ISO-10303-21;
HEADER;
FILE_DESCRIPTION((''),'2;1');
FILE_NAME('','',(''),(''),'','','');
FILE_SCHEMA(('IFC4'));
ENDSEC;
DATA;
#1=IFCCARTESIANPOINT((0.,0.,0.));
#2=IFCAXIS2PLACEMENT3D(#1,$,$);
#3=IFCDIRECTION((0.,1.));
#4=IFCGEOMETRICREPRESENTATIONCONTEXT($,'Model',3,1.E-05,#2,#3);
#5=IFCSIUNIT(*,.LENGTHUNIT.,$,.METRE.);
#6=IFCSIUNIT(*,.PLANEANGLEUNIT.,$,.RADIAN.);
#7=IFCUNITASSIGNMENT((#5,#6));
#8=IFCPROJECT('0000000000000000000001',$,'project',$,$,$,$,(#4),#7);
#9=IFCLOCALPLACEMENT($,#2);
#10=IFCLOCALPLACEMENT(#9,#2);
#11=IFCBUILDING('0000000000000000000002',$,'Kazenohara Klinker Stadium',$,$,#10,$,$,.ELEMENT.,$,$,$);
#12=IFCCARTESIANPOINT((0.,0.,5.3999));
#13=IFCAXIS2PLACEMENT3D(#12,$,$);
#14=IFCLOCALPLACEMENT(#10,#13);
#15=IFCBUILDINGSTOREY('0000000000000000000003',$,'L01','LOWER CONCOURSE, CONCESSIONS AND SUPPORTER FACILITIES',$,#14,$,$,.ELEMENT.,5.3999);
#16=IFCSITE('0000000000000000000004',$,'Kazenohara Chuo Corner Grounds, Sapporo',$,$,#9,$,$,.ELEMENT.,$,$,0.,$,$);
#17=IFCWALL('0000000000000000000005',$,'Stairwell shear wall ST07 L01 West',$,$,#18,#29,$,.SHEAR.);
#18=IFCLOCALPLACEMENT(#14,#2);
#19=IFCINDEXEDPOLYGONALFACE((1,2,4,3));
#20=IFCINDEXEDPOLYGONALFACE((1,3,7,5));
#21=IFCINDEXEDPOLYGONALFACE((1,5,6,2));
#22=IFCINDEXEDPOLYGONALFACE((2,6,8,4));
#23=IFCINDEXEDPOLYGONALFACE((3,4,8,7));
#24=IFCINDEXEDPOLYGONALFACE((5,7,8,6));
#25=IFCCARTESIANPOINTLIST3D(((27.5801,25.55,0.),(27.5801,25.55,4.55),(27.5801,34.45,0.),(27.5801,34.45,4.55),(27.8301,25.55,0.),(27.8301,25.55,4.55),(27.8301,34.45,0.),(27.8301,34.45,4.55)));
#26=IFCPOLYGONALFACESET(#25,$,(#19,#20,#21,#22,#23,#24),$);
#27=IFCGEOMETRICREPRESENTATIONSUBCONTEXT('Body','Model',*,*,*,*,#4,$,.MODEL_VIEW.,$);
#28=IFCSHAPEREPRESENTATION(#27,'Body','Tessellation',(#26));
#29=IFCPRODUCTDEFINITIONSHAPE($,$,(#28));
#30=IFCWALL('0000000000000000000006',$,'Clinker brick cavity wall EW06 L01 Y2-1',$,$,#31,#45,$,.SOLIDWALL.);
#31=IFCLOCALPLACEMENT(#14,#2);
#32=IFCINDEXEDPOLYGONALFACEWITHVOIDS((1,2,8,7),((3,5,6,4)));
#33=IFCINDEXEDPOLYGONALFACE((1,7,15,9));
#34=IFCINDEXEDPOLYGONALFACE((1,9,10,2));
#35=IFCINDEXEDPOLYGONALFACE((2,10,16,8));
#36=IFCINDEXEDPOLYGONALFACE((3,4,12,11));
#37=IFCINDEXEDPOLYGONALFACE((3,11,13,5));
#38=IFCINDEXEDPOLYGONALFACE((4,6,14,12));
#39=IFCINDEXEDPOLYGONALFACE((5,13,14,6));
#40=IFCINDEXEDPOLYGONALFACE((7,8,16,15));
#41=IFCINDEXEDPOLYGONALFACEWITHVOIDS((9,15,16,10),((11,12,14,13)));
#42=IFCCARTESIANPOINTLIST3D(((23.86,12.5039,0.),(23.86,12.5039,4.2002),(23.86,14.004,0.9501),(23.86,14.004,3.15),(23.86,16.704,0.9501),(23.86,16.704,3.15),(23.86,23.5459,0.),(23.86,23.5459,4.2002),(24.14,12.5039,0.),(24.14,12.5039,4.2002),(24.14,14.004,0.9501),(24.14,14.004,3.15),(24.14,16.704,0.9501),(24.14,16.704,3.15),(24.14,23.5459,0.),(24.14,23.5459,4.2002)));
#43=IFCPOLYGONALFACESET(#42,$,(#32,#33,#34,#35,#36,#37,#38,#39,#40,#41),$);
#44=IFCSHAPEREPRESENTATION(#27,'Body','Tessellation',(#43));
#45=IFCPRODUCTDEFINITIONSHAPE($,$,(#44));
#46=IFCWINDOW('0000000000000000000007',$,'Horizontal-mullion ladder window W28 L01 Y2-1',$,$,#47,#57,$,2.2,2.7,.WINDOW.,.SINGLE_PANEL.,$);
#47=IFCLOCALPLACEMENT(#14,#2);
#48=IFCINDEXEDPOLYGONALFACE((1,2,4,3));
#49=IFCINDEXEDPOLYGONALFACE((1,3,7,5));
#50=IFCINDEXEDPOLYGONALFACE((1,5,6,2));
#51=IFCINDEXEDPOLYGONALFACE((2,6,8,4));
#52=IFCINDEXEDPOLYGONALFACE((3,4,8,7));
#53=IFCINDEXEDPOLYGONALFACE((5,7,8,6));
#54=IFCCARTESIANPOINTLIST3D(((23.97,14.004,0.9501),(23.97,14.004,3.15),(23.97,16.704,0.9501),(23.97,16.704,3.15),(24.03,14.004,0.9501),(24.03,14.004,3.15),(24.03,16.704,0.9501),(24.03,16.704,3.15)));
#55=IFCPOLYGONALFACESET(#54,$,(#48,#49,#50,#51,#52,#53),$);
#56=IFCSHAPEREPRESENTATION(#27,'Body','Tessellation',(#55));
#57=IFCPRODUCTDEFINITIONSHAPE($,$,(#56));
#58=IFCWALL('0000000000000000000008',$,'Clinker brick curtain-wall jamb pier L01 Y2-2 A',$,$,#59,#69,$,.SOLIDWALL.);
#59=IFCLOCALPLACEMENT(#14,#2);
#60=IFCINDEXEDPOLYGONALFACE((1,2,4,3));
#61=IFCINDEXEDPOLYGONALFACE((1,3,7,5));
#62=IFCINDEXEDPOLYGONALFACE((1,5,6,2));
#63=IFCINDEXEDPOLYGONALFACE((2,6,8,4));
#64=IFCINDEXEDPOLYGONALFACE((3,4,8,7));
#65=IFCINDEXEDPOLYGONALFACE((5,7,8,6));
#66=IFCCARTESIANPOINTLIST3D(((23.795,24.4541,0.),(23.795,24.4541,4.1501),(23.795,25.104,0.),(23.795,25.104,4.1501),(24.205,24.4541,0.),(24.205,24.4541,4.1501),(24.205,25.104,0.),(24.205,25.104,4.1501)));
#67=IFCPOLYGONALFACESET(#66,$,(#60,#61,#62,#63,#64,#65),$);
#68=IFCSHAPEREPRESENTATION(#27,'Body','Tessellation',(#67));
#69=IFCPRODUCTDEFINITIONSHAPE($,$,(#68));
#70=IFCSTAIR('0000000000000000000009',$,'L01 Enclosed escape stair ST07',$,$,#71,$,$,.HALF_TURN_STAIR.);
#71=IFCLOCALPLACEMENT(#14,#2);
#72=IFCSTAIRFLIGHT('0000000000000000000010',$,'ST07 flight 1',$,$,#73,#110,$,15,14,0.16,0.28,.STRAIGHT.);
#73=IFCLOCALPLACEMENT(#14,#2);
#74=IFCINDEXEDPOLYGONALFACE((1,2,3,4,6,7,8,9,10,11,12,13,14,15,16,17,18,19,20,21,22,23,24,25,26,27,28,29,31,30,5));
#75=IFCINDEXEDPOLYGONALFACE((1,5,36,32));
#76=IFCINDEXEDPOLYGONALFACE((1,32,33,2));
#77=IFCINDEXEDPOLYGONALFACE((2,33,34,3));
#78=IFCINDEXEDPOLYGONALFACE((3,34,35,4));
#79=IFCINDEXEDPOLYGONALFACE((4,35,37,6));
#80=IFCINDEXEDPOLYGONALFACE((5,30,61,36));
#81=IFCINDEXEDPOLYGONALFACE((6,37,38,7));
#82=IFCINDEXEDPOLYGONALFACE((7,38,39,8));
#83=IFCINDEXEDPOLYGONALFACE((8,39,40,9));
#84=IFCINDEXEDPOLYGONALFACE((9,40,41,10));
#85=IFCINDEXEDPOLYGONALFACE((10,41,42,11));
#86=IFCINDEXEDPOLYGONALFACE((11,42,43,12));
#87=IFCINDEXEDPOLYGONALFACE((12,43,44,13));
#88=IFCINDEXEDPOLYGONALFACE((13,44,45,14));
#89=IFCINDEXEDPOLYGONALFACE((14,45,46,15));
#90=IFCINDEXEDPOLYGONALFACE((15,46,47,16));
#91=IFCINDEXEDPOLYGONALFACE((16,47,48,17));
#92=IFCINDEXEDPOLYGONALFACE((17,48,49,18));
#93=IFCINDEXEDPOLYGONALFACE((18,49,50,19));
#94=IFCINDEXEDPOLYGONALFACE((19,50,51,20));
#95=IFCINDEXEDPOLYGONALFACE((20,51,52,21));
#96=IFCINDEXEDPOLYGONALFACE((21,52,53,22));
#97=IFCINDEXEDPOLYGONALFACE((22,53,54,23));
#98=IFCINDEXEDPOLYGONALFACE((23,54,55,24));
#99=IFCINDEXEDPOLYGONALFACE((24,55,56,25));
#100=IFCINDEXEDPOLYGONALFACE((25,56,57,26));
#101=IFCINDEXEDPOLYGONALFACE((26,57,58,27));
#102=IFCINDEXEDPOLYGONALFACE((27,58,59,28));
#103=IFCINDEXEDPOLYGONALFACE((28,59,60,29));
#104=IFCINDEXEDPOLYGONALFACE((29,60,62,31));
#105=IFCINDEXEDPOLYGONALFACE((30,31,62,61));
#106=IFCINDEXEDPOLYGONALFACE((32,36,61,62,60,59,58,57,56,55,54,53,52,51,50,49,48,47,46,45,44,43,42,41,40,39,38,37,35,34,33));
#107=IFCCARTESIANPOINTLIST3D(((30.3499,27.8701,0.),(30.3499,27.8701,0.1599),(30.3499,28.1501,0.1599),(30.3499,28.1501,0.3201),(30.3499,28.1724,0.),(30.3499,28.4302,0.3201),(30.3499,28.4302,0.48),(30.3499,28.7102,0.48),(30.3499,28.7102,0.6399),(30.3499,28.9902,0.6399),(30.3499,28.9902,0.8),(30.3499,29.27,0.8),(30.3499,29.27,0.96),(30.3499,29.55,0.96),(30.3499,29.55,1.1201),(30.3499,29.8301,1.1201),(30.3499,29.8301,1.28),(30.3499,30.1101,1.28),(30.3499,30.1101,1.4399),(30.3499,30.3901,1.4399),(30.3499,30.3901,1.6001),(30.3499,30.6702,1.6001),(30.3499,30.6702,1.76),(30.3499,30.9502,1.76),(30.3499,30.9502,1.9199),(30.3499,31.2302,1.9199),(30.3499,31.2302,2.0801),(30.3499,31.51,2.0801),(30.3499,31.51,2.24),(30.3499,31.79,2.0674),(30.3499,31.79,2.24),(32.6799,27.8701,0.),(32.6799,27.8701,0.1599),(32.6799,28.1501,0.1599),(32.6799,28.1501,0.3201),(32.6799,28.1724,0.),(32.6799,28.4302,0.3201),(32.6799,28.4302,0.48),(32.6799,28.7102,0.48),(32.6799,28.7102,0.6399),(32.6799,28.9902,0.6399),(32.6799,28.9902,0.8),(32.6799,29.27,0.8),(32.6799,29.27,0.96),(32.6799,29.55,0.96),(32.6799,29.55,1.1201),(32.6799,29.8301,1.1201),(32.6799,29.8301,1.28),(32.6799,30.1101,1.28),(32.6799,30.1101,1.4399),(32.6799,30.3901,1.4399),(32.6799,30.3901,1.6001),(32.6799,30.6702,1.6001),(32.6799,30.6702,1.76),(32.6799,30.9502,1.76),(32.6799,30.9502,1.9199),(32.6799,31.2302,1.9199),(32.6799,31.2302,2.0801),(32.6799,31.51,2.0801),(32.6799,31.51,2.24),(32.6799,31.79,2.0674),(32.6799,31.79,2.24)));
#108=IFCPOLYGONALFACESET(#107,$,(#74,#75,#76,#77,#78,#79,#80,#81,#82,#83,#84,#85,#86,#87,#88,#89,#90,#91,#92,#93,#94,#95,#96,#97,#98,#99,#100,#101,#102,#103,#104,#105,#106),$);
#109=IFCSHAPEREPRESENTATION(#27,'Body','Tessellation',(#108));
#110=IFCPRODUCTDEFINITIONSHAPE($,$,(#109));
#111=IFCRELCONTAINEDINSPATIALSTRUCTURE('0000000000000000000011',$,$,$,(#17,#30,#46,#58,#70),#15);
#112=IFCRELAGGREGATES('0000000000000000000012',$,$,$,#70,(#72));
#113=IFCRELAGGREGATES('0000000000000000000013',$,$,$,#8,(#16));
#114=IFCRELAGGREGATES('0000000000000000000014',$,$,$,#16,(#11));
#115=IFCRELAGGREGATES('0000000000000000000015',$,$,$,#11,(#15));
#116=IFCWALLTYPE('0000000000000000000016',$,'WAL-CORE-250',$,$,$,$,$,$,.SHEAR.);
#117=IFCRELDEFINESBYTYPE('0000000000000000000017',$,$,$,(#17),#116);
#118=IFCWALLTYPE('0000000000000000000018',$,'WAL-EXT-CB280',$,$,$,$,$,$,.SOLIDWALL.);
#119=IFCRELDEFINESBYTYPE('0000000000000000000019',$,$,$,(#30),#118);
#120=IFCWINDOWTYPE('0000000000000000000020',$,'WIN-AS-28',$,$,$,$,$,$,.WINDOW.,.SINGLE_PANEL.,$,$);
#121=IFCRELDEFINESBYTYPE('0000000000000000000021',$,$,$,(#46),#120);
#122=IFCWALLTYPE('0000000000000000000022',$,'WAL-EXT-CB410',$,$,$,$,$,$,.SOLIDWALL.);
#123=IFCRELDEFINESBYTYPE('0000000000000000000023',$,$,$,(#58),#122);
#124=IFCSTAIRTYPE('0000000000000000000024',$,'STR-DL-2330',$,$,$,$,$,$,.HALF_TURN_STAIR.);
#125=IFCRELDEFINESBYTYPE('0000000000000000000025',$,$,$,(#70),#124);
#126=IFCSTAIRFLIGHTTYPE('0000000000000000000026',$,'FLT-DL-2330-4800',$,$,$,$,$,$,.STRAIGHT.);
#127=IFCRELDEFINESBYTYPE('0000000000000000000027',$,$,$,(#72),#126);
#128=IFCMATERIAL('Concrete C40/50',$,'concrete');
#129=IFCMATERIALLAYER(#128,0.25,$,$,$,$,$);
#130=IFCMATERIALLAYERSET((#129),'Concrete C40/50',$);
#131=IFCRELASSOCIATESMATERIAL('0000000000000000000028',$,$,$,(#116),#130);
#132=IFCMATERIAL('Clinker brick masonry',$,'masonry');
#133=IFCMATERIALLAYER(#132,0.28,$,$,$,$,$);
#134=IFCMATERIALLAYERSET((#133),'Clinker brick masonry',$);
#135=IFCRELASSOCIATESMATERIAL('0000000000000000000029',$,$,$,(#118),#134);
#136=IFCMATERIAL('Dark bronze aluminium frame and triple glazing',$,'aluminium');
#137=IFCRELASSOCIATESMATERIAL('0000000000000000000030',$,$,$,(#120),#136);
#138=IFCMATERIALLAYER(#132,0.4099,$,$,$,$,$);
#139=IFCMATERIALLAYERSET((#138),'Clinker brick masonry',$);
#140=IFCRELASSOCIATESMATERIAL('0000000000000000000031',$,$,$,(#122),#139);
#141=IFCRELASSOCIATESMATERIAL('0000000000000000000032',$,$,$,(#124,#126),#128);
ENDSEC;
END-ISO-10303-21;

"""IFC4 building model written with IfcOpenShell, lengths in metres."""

from ifc_helpers import new_model, si_unit, direction, frame, frame_2d, origin, place, context, subcontext, project, spatial, polyline, rectangle, outline, extrude, material, layer, layer_set, type_object, element, fill, aggregate, save


model = new_model("IFC4")

# Units and contexts
model_context = context("Model", 3, precision=1e-05, world=origin(), true_north=direction((0.0, 1.0)))
body_context = subcontext(model_context, "Body", "Model", "MODEL_VIEW")
ifc_project = project(units=[si_unit("LENGTHUNIT", "METRE"), si_unit("PLANEANGLEUNIT", "RADIAN")], contexts=[model_context])

# Site, building, storey
site_placement = place(None, origin())
site = spatial("IfcSite", under=ifc_project, at=site_placement, Name="Kazenohara Chuo Corner Grounds, Sapporo", CompositionType="ELEMENT", RefElevation=0.0)
building_placement = place(site_placement, origin())
building = spatial("IfcBuilding", under=site, at=building_placement, Name="Kazenohara Klinker Stadium", CompositionType="ELEMENT")
storey_placement = place(building_placement, frame((0.0, 0.0, 5.3999)))
storey = spatial("IfcBuildingStorey", under=building, at=storey_placement, Name="L01", Description="LOWER CONCOURSE, CONCESSIONS AND SUPPORTER FACILITIES", CompositionType="ELEMENT", Elevation=5.3999)

# Shared definitions
ifc_material_1 = material(Name="Concrete C40/50", Category="concrete")

# Shared definitions
ifc_layer_1 = layer(ifc_material_1, 0.25)
ifc_layer_set_1 = layer_set([ifc_layer_1], Name="Concrete C40/50")
wall_type_1 = type_object("IfcWallType", Name="WAL-CORE-250", PredefinedType="SHEAR", material=ifc_layer_set_1)

# Wall
wall_1_placement = place(storey_placement, frame((27.7051, 25.55, 0.0), z_axis=(0.0, 0.0, 1.0), x_axis=(0.0, 1.0, 0.0)))
element("IfcWall", 1, at=wall_1_placement, inside=storey, type_object=wall_type_1, Name="Stairwell shear wall ST07 L01 West", PredefinedType="SHEAR", context=body_context, shape_type="SweptSolid", body=[
    extrude(rectangle(XDim=8.8999, YDim=0.25, at=frame_2d((4.45, 0.0))), origin(), (0.0, 0.0, 1.0), 4.55),
])

# Wall, opening, window
ifc_material_2 = material(Name="Clinker brick masonry", Category="masonry")
ifc_layer_2 = layer(ifc_material_2, 0.28)
ifc_layer_set_2 = layer_set([ifc_layer_2], Name="Clinker brick masonry")
wall_type_2 = type_object("IfcWallType", Name="WAL-EXT-CB280", PredefinedType="SOLIDWALL", material=ifc_layer_set_2)
wall_2_placement = place(storey_placement, frame((24.0, 12.5039, 0.0), z_axis=(0.0, 0.0, 1.0), x_axis=(0.0, 1.0, 0.0)))
wall_2 = element("IfcWall", 2, at=wall_2_placement, inside=storey, type_object=wall_type_2, Name="Clinker brick cavity wall EW06 L01 Y2-1", PredefinedType="SOLIDWALL", context=body_context, shape_type="SweptSolid", body=[
    extrude(rectangle(XDim=11.042, YDim=0.28, at=frame_2d((5.521, 0.0))), origin(), (0.0, 0.0, 1.0), 4.2002),
])
opening_1_placement = place(wall_2_placement, frame((1.5, 0.0, 0.95)))
opening_1 = element("IfcOpeningElement", 3, at=opening_1_placement, cuts=wall_2, PredefinedType="OPENING", context=body_context, shape_type="SweptSolid", body=[
    extrude(rectangle(XDim=2.7, YDim=2.2, at=frame_2d((1.3501, 1.1001))), frame((0.0, 0.1499, 0.0), z_axis=(0.0, -1.0, 0.0), x_axis=(1.0, 0.0, 0.0)), (0.0, 0.0, 1.0), 0.3),
])
ifc_material_3 = material(Name="Dark bronze aluminium frame and triple glazing", Category="aluminium")
window_type = type_object("IfcWindowType", Name="WIN-AS-28", PartitioningType="SINGLE_PANEL", PredefinedType="WINDOW", material=ifc_material_3)
window_placement = place(opening_1_placement, origin())
window = element("IfcWindow", 4, at=window_placement, inside=storey, type_object=window_type, Name="Horizontal-mullion ladder window W28 L01 Y2-1", OverallHeight=2.2, OverallWidth=2.7, PartitioningType="SINGLE_PANEL", PredefinedType="WINDOW", context=body_context, shape_type="SweptSolid", body=[
    extrude(rectangle(XDim=2.7, YDim=2.2, at=frame_2d((1.3501, 1.1001))), frame((0.0, 0.03, 0.0), z_axis=(0.0, -1.0, 0.0), x_axis=(1.0, 0.0, 0.0)), (0.0, 0.0, 1.0), 0.0601),
])
fill(opening_1, window)

# Wall
ifc_layer_3 = layer(ifc_material_2, 0.4099)
ifc_layer_set_3 = layer_set([ifc_layer_3], Name="Clinker brick masonry")
wall_type_3 = type_object("IfcWallType", Name="WAL-EXT-CB410", PredefinedType="SOLIDWALL", material=ifc_layer_set_3)
wall_3_placement = place(storey_placement, frame((24.0, 24.4541, 0.0), z_axis=(0.0, 0.0, 1.0), x_axis=(0.0, 1.0, 0.0)))
element("IfcWall", 5, at=wall_3_placement, inside=storey, type_object=wall_type_3, Name="Clinker brick curtain-wall jamb pier L01 Y2-2 A", PredefinedType="SOLIDWALL", context=body_context, shape_type="SweptSolid", body=[
    extrude(rectangle(XDim=0.6499, YDim=0.4099, at=frame_2d((0.325, 0.0))), origin(), (0.0, 0.0, 1.0), 4.1501),
])

# Stair, stair flight
stair_type = type_object("IfcStairType", Name="STR-DL-2330", PredefinedType="HALF_TURN_STAIR", material=ifc_material_1)
stair_placement = place(storey_placement, origin())
stair = element("IfcStair", 6, at=stair_placement, inside=storey, type_object=stair_type, Name="L01 Enclosed escape stair ST07", PredefinedType="HALF_TURN_STAIR")
stair_flight_type = type_object("IfcStairFlightType", Name="FLT-DL-2330-4800", PredefinedType="STRAIGHT", material=ifc_material_1)
stair_flight_placement = place(storey_placement, frame((31.5149, 27.8701, 0.0), z_axis=(0.0, 0.0, 1.0), x_axis=(0.0, 1.0, 0.0)))
stair_flight = element("IfcStairFlight", 7, at=stair_flight_placement, type_object=stair_flight_type, Name="ST07 flight 1", NumberOfRisers=15, NumberOfTreads=14, PredefinedType="STRAIGHT", RiserHeight=0.16, TreadLength=0.28, context=body_context, shape_type="SweptSolid", body=[
    extrude(outline(polyline([(0.0, 0.0), (0.0, 0.1599), (0.28, 0.1599), (0.28, 0.3201), (0.5601, 0.3201), (0.5601, 0.48), (0.8401, 0.48), (0.8401, 0.6399), (1.1201, 0.6399), (1.1201, 0.8), (1.3999, 0.8), (1.3999, 0.96), (1.6799, 0.96), (1.6799, 1.1201), (1.96, 1.1201), (1.96, 1.28), (2.24, 1.28), (2.24, 1.4399), (2.52, 1.4399), (2.52, 1.6001), (2.8, 1.6001), (2.8, 1.76), (3.0801, 1.76), (3.0801, 1.9199), (3.3601, 1.9199), (3.3601, 2.0801), (3.6399, 2.0801), (3.6399, 2.24), (3.9199, 2.24), (3.9199, 2.3999), (3.9199, 2.0674), (0.3022, 0.0), (0.0, 0.0)])), frame((0.0, 1.165, 0.0), z_axis=(0.0, -1.0, 0.0), x_axis=(1.0, 0.0, 0.0)), (0.0, 0.0, 1.0), 2.3301),
])
aggregate(stair, [stair_flight])

save(model, "model.ifc")
